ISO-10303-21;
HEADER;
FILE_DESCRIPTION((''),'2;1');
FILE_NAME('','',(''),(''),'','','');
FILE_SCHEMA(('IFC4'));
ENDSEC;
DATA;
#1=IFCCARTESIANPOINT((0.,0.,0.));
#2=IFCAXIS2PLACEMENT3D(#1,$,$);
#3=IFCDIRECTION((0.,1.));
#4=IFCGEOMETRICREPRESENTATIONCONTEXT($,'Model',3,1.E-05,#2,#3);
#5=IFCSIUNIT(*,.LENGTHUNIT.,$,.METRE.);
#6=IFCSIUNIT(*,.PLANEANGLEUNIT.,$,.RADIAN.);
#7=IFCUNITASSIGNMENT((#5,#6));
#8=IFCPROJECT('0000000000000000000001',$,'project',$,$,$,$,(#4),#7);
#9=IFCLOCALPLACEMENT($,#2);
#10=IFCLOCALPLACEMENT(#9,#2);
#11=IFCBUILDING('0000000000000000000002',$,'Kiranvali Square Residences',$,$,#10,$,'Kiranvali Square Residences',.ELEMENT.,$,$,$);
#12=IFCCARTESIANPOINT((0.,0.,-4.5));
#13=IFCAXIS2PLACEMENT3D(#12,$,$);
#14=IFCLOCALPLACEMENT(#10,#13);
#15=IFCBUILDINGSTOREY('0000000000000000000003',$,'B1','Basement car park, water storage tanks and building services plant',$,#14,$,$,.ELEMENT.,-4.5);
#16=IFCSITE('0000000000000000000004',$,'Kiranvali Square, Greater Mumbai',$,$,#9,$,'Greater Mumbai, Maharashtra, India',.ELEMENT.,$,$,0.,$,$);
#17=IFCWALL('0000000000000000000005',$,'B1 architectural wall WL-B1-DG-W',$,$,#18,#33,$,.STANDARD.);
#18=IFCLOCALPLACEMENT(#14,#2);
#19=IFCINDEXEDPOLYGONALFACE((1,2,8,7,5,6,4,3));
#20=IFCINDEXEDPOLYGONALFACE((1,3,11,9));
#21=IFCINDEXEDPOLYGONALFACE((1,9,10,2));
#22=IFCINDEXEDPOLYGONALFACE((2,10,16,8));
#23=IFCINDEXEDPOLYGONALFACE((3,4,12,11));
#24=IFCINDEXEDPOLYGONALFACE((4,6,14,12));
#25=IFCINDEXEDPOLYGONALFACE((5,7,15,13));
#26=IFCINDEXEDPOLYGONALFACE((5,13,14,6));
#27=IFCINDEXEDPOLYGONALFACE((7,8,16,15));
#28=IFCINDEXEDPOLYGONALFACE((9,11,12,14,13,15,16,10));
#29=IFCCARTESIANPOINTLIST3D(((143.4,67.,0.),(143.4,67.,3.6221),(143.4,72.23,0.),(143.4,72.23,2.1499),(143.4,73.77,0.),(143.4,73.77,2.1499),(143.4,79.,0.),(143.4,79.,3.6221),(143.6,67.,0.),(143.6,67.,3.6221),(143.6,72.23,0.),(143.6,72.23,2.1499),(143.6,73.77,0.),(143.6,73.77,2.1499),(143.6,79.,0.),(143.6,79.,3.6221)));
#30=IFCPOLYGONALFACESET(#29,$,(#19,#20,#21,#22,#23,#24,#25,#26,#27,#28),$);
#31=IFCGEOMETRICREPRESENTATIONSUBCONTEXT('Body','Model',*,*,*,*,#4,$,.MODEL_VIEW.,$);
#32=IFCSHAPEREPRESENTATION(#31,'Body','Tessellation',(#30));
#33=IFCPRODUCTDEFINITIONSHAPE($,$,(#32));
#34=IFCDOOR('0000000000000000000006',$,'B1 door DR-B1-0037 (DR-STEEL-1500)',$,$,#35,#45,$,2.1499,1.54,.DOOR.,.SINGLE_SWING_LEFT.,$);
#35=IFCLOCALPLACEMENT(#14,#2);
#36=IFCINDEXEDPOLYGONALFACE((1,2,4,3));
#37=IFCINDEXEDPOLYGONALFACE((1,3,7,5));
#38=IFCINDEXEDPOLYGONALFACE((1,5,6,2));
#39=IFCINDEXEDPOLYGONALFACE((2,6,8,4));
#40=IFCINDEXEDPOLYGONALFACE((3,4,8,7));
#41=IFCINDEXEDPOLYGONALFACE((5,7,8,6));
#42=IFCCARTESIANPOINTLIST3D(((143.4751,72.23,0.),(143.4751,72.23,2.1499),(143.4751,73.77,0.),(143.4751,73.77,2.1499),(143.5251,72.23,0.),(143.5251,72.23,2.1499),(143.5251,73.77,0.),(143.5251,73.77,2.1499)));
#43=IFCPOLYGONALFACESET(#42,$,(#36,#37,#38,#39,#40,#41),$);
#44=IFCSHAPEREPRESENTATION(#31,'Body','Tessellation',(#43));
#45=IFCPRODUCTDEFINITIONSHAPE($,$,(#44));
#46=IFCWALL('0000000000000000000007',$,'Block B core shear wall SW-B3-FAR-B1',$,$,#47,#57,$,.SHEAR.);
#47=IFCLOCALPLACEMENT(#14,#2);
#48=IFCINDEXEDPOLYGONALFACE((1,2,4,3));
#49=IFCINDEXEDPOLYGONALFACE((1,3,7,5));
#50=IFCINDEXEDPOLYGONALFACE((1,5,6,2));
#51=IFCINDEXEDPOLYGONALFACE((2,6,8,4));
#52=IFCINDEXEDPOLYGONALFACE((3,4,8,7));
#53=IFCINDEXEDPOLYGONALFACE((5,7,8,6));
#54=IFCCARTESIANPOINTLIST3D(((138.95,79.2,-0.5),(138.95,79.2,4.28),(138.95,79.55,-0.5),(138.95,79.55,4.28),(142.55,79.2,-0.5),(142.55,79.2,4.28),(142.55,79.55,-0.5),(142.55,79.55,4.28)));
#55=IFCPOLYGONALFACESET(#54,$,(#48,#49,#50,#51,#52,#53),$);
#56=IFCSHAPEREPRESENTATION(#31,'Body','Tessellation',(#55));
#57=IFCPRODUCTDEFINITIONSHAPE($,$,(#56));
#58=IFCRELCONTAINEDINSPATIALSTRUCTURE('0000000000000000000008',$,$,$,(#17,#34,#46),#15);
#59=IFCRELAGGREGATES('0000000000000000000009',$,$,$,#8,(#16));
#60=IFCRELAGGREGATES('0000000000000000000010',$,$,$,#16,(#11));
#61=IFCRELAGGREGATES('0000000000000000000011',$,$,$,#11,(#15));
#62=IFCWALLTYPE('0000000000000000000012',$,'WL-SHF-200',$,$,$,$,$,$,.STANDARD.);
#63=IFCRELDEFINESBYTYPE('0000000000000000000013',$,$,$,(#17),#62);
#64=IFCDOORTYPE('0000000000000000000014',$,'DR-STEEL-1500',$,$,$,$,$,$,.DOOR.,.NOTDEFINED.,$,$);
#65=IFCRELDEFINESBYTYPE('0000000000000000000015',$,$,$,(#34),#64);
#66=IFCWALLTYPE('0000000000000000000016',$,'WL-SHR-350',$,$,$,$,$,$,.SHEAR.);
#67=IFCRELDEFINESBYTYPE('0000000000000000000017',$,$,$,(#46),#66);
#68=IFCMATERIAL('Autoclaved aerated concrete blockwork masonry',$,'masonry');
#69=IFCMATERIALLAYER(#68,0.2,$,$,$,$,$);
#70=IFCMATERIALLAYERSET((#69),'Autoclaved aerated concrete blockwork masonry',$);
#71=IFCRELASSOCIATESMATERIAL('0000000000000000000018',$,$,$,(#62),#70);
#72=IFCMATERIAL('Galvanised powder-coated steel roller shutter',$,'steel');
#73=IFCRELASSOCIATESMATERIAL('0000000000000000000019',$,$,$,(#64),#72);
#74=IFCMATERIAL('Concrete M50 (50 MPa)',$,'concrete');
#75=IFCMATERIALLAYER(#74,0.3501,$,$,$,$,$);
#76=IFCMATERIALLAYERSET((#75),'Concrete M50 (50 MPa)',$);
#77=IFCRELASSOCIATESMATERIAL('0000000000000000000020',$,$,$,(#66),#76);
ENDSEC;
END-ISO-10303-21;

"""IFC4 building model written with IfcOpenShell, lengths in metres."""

from ifc_helpers import new_model, si_unit, direction, frame, frame_2d, origin, place, context, subcontext, project, spatial, rectangle, extrude, material, layer, layer_set, type_object, element, fill, save


model = new_model("IFC4")

# Units and contexts
model_context = context("Model", 3, precision=1e-05, world=origin(), true_north=direction((0.0, 1.0)))
body_context = subcontext(model_context, "Body", "Model", "MODEL_VIEW")
ifc_project = project(units=[si_unit("LENGTHUNIT", "METRE"), si_unit("PLANEANGLEUNIT", "RADIAN")], contexts=[model_context])

# Site, building, storey
site_placement = place(None, origin())
site = spatial("IfcSite", under=ifc_project, at=site_placement, Name="Kiranvali Square, Greater Mumbai", LongName="Greater Mumbai, Maharashtra, India", CompositionType="ELEMENT", RefElevation=0.0)
building_placement = place(site_placement, origin())
building = spatial("IfcBuilding", under=site, at=building_placement, Name="Kiranvali Square Residences", LongName="Kiranvali Square Residences", CompositionType="ELEMENT")
storey_placement = place(building_placement, frame((0.0, 0.0, -4.5)))
storey = spatial("IfcBuildingStorey", under=building, at=storey_placement, Name="B1", Description="Basement car park, water storage tanks and building services plant", CompositionType="ELEMENT", Elevation=-4.5)

# Wall, opening, door
ifc_material_1 = material(Name="Autoclaved aerated concrete blockwork masonry", Category="masonry")
ifc_layer_1 = layer(ifc_material_1, 0.2)
ifc_layer_set_1 = layer_set([ifc_layer_1], Name="Autoclaved aerated concrete blockwork masonry")
wall_type_1 = type_object("IfcWallType", Name="WL-SHF-200", PredefinedType="STANDARD", material=ifc_layer_set_1)
wall_1_placement = place(storey_placement, frame((143.5, 79.0, 0.0), z_axis=(0.0, 0.0, 1.0), x_axis=(0.0, -1.0, 0.0)))
wall_1 = element("IfcWall", 1, at=wall_1_placement, inside=storey, type_object=wall_type_1, Name="B1 architectural wall WL-B1-DG-W", PredefinedType="STANDARD", context=body_context, shape_type="SweptSolid", body=[
    extrude(rectangle(XDim=12.0, YDim=0.2, at=frame_2d((6.0, 0.0))), origin(), (0.0, 0.0, 1.0), 3.6221),
])
opening_placement = place(wall_1_placement, frame((5.23, 0.0, 0.0)))
opening = element("IfcOpeningElement", 2, at=opening_placement, cuts=wall_1, PredefinedType="OPENING", context=body_context, shape_type="SweptSolid", body=[
    extrude(rectangle(XDim=1.54, YDim=2.1499, at=frame_2d((0.77, 1.075))), frame((0.0, 0.1099, 0.0), z_axis=(0.0, -1.0, 0.0), x_axis=(1.0, 0.0, 0.0)), (0.0, 0.0, 1.0), 0.22),
])
ifc_material_2 = material(Name="Galvanised powder-coated steel roller shutter", Category="steel")
door_type = type_object("IfcDoorType", Name="DR-STEEL-1500", OperationType="NOTDEFINED", PredefinedType="DOOR", material=ifc_material_2)
door_placement = place(opening_placement, frame((1.54, 0.0, 0.0), z_axis=(0.0, 0.0, 1.0), x_axis=(-1.0, 0.0, 0.0)))
door = element("IfcDoor", 3, at=door_placement, inside=storey, type_object=door_type, Name="B1 door DR-B1-0037 (DR-STEEL-1500)", OperationType="SINGLE_SWING_LEFT", OverallHeight=2.1499, OverallWidth=1.54, PredefinedType="DOOR", context=body_context, shape_type="SweptSolid", body=[
    extrude(rectangle(XDim=1.54, YDim=2.1499, at=frame_2d((0.77, 1.075))), frame((0.0, 0.0249, 0.0), z_axis=(0.0, -1.0, 0.0), x_axis=(1.0, 0.0, 0.0)), (0.0, 0.0, 1.0), 0.05),
])
fill(opening, door)

# Wall
ifc_material_3 = material(Name="Concrete M50 (50 MPa)", Category="concrete")
ifc_layer_2 = layer(ifc_material_3, 0.3501)
ifc_layer_set_2 = layer_set([ifc_layer_2], Name="Concrete M50 (50 MPa)")
wall_type_2 = type_object("IfcWallType", Name="WL-SHR-350", PredefinedType="SHEAR", material=ifc_layer_set_2)
wall_2_placement = place(storey_placement, frame((138.95, 79.375, -0.5), z_axis=(0.0, 0.0, 1.0), x_axis=(1.0, 0.0, 0.0)))
element("IfcWall", 4, at=wall_2_placement, inside=storey, type_object=wall_type_2, Name="Block B core shear wall SW-B3-FAR-B1", PredefinedType="SHEAR", context=body_context, shape_type="SweptSolid", body=[
    extrude(rectangle(XDim=3.6001, YDim=0.3501, at=frame_2d((1.8, 0.0))), origin(), (0.0, 0.0, 1.0), 4.78),
])

save(model, "model.ifc")
